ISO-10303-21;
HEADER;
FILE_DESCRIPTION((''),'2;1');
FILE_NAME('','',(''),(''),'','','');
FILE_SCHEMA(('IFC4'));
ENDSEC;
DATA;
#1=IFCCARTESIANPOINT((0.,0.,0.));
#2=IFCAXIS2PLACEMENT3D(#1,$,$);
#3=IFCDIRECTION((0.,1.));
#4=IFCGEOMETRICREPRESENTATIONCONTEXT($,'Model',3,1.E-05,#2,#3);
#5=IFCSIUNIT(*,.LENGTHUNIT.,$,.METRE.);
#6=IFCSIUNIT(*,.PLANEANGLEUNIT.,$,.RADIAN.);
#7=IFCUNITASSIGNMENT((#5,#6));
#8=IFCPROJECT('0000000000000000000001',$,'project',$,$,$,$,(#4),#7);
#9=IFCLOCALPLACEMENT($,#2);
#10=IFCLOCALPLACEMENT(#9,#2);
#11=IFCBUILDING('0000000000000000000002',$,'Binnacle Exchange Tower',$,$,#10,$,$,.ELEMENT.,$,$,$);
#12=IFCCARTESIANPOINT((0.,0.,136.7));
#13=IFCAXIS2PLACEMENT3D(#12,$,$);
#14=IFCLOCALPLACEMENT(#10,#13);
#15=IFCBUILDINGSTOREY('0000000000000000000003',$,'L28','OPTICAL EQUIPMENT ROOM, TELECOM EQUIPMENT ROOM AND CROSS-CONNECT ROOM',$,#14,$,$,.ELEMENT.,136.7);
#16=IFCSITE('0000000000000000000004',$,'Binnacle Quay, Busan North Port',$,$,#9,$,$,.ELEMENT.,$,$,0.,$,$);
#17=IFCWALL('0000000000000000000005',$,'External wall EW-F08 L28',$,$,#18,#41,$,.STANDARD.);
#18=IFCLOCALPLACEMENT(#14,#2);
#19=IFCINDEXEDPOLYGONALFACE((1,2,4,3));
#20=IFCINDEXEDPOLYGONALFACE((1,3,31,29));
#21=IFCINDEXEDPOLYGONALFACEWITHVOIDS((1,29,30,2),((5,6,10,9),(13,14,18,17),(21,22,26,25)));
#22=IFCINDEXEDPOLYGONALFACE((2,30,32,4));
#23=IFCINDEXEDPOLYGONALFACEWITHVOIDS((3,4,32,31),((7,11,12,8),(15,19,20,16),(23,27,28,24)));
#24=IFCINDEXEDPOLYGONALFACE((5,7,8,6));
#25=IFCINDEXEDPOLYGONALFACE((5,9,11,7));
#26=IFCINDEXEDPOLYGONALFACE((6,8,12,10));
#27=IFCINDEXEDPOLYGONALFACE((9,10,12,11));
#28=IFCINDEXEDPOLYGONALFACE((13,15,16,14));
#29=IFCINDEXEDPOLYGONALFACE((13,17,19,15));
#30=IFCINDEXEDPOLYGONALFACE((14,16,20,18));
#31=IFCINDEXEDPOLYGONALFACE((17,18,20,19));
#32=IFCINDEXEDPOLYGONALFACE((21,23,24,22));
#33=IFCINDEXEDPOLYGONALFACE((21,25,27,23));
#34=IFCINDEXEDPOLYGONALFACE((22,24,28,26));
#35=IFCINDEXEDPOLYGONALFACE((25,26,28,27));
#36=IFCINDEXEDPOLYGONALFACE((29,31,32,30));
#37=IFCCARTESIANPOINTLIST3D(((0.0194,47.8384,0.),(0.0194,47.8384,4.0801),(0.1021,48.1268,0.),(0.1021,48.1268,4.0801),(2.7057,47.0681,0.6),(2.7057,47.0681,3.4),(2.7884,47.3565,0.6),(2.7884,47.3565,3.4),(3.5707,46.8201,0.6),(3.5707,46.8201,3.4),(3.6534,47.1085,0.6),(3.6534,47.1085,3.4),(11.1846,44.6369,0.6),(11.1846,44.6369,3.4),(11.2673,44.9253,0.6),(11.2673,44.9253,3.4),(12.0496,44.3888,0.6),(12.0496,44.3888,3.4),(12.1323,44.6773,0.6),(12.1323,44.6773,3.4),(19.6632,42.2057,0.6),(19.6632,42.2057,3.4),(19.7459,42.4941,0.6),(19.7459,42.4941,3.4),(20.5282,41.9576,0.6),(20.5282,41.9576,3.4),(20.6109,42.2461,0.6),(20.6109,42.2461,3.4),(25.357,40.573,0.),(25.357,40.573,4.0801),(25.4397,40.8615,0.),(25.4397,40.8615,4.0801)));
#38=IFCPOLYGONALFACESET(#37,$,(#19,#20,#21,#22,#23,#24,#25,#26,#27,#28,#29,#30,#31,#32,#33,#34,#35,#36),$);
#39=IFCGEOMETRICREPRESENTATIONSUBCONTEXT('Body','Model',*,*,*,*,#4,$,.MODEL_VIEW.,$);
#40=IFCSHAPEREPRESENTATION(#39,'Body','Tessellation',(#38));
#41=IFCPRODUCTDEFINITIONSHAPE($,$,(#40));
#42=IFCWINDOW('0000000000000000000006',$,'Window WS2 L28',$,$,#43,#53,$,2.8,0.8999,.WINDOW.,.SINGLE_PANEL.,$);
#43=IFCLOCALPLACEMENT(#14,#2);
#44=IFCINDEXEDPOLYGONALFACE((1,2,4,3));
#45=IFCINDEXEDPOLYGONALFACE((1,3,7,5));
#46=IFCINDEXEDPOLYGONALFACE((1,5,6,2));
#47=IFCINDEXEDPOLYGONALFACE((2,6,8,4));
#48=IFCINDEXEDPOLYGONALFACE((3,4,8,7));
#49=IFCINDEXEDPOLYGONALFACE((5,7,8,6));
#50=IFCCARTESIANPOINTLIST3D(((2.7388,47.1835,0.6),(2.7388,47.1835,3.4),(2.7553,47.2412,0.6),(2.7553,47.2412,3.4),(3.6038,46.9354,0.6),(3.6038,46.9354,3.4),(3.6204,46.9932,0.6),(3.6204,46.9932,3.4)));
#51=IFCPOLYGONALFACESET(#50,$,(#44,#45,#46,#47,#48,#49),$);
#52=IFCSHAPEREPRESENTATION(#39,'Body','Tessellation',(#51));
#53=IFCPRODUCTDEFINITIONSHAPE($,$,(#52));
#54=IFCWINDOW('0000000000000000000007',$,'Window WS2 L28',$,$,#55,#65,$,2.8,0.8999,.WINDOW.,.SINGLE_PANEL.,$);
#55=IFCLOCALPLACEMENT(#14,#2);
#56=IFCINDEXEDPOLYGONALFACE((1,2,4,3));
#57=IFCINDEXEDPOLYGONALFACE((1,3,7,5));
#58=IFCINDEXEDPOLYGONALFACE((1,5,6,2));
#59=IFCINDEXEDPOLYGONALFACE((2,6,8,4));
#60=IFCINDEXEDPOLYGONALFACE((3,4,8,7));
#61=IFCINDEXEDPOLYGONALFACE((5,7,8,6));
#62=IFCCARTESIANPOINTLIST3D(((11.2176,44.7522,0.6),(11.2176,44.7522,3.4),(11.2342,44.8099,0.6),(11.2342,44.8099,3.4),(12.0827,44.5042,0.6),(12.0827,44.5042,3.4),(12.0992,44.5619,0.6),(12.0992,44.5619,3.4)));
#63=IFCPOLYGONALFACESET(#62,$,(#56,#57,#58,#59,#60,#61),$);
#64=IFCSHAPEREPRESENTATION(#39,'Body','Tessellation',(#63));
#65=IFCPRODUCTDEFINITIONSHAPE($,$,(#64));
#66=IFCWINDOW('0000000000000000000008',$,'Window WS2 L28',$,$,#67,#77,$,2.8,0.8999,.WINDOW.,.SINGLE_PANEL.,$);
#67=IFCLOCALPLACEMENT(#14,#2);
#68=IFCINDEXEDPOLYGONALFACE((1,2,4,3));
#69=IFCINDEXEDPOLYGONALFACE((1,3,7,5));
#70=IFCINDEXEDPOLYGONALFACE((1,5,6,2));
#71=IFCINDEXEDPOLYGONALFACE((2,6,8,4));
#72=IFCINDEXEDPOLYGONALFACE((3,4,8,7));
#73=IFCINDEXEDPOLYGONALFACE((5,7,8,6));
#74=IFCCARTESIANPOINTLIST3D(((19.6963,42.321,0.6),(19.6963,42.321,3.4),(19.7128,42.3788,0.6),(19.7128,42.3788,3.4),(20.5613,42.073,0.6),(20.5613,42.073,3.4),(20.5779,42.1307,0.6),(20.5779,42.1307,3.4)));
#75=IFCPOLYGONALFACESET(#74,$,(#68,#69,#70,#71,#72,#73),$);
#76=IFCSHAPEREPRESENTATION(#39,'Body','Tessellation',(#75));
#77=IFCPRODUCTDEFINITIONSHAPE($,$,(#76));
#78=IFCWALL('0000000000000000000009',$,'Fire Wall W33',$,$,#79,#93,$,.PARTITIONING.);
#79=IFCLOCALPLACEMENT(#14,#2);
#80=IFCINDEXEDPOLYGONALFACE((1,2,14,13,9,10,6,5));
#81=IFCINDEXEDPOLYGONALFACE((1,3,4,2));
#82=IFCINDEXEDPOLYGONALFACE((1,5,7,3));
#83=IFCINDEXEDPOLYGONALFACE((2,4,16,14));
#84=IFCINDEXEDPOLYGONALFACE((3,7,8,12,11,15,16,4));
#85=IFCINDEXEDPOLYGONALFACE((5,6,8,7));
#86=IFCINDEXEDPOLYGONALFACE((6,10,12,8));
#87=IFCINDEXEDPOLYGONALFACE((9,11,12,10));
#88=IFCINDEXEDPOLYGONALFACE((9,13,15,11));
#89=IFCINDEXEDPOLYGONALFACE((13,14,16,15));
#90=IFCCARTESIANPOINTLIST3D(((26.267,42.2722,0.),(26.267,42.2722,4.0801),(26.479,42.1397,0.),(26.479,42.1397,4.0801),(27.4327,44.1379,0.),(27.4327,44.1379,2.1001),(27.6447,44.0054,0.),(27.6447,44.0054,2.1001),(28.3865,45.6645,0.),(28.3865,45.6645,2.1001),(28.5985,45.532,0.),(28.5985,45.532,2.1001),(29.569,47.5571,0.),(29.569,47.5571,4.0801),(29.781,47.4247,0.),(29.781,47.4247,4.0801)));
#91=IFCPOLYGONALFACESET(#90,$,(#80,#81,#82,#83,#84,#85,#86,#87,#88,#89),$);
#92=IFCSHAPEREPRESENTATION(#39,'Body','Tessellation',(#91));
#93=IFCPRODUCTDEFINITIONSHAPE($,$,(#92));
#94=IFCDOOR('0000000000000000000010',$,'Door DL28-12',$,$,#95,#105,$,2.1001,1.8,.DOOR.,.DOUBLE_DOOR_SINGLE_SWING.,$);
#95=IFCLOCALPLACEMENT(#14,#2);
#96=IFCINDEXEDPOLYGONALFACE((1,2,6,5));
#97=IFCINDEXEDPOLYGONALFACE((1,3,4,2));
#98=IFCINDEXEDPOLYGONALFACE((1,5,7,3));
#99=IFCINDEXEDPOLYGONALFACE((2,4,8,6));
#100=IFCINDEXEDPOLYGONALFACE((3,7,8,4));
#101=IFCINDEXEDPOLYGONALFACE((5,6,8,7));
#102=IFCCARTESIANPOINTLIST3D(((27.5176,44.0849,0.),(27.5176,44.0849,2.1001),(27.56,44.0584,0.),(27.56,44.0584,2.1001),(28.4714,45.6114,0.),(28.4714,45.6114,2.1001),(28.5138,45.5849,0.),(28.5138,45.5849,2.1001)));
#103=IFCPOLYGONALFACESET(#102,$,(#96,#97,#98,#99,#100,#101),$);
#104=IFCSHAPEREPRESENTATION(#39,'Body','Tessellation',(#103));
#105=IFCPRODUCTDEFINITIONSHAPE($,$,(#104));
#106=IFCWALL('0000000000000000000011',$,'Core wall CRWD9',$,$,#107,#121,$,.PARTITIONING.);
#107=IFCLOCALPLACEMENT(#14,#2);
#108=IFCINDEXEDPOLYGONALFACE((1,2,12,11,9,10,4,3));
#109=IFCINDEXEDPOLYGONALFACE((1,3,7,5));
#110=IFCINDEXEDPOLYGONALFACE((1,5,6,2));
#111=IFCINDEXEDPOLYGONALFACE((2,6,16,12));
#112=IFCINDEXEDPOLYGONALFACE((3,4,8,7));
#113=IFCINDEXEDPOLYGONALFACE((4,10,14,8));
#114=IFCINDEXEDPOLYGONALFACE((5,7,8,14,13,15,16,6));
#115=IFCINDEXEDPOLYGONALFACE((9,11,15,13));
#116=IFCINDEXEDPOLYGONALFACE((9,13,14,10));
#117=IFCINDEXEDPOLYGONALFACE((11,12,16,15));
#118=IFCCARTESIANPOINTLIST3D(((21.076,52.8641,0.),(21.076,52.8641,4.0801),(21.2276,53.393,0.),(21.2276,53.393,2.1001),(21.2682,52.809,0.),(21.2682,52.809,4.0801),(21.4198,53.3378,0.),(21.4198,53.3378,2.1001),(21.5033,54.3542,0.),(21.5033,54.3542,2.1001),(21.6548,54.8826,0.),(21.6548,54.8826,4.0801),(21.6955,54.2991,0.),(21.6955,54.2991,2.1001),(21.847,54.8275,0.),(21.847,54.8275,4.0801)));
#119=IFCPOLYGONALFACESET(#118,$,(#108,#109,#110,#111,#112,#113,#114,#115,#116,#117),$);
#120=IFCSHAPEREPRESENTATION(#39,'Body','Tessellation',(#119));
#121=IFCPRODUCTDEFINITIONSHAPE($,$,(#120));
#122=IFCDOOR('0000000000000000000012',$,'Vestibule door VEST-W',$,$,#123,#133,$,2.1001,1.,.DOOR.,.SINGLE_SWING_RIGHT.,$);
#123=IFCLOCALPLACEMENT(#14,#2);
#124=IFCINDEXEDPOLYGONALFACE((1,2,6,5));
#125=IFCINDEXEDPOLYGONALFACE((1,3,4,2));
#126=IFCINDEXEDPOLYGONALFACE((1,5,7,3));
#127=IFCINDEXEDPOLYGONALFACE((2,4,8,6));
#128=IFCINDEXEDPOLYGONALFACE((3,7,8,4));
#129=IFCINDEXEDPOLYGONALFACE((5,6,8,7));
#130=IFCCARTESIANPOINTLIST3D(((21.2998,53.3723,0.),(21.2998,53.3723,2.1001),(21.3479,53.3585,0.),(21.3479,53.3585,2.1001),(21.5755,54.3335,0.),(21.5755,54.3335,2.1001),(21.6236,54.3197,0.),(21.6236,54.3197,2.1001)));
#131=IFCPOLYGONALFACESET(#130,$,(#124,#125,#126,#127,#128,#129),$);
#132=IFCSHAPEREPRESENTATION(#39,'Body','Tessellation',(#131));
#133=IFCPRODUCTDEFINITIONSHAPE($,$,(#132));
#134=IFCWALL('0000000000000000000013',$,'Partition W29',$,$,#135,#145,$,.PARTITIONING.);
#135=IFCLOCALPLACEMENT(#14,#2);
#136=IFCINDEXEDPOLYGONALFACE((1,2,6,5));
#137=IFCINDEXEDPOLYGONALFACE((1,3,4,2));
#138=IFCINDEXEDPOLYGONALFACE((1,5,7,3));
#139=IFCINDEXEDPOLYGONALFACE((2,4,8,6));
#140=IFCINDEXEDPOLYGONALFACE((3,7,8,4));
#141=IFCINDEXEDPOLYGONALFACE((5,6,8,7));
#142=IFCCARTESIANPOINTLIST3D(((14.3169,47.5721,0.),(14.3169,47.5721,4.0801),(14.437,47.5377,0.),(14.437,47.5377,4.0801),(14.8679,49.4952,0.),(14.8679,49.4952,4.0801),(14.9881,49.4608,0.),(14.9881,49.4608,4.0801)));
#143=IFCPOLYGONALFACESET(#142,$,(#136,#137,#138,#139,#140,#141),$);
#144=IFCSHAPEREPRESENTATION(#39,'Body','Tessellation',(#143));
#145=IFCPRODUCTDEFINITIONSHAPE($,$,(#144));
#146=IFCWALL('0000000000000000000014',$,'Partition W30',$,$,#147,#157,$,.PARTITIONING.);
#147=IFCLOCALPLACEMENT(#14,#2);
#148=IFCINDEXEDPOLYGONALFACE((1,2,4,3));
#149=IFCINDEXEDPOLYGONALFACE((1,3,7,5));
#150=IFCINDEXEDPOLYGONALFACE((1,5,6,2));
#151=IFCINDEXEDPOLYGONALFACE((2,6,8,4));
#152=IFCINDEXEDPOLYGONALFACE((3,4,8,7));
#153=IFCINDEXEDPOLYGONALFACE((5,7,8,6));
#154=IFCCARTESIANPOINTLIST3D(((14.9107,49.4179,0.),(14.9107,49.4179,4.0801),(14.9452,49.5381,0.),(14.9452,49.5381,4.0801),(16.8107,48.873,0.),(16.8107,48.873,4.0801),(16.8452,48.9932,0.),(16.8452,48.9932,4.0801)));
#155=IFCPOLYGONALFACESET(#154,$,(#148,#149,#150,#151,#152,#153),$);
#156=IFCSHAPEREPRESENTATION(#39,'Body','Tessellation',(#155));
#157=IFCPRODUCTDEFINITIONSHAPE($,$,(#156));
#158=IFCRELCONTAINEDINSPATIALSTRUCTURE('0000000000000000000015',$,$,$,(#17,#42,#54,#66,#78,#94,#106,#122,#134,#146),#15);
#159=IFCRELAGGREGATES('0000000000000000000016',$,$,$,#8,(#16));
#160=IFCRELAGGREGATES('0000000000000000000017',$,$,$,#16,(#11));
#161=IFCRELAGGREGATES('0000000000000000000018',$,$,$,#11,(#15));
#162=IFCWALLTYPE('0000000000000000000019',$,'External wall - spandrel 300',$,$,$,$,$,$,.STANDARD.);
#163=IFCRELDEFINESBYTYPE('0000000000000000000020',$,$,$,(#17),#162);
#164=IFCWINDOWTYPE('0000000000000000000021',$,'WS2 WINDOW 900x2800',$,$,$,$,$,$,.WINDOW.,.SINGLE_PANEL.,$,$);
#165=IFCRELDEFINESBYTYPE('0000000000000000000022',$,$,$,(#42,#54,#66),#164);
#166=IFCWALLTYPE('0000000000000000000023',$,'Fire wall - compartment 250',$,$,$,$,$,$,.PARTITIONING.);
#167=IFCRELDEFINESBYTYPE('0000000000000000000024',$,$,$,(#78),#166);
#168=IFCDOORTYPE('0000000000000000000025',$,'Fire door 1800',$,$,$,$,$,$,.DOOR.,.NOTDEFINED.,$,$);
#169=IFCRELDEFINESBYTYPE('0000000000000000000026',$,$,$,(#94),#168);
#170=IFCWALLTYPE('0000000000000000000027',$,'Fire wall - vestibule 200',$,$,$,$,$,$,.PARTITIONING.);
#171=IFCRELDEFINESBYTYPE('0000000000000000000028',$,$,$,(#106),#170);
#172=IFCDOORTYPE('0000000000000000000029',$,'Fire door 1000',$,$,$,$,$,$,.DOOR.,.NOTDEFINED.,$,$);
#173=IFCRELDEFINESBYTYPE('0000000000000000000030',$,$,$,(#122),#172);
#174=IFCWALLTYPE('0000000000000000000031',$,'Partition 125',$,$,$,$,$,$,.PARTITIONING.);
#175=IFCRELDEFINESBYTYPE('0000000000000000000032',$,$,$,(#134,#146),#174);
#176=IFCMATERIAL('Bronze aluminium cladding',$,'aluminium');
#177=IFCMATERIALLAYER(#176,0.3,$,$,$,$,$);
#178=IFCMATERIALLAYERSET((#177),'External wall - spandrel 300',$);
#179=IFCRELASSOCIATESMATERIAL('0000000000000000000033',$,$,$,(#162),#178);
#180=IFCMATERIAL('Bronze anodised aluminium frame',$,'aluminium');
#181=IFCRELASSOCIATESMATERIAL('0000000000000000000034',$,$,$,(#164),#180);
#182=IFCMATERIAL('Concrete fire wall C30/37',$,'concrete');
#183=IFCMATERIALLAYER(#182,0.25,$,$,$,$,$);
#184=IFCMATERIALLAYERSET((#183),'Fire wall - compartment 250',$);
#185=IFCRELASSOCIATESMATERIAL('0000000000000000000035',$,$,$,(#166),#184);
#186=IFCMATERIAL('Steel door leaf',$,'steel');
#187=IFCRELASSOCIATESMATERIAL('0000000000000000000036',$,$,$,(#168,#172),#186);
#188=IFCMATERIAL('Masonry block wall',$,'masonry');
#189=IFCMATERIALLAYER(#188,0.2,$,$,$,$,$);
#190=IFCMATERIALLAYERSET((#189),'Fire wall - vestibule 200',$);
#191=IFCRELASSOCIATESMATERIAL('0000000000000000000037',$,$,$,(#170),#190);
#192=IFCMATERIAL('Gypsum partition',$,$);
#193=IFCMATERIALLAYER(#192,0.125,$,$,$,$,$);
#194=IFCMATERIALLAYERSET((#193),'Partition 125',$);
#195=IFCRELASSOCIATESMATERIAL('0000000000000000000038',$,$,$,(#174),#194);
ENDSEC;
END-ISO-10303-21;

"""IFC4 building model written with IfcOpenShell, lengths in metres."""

from ifc_helpers import new_model, si_unit, direction, frame, frame_2d, origin, place, context, subcontext, project, spatial, rectangle, extrude, material, layer, layer_set, type_object, element, fill, save


model = new_model("IFC4")

# Units and contexts
model_context = context("Model", 3, precision=1e-05, world=origin(), true_north=direction((0.0, 1.0)))
body_context = subcontext(model_context, "Body", "Model", "MODEL_VIEW")
ifc_project = project(units=[si_unit("LENGTHUNIT", "METRE"), si_unit("PLANEANGLEUNIT", "RADIAN")], contexts=[model_context])

# Site, building, storey
site_placement = place(None, origin())
site = spatial("IfcSite", under=ifc_project, at=site_placement, Name="Binnacle Quay, Busan North Port", CompositionType="ELEMENT", RefElevation=0.0)
building_placement = place(site_placement, origin())
building = spatial("IfcBuilding", under=site, at=building_placement, Name="Binnacle Exchange Tower", CompositionType="ELEMENT")
storey_placement = place(building_placement, frame((0.0, 0.0, 136.7)))
storey = spatial("IfcBuildingStorey", under=building, at=storey_placement, Name="L28", Description="OPTICAL EQUIPMENT ROOM, TELECOM EQUIPMENT ROOM AND CROSS-CONNECT ROOM", CompositionType="ELEMENT", Elevation=136.7)

# Shared definitions
ifc_material_1 = material(Name="Steel door leaf", Category="steel")

# Wall, openings, windows
ifc_material_2 = material(Name="Bronze aluminium cladding", Category="aluminium")
ifc_layer_1 = layer(ifc_material_2, 0.3)
ifc_layer_set_1 = layer_set([ifc_layer_1], Name="External wall - spandrel 300")
wall_type_1 = type_object("IfcWallType", Name="External wall - spandrel 300", PredefinedType="STANDARD", material=ifc_layer_set_1)
wall_1_placement = place(storey_placement, frame((25.3982, 40.7173, 0.0), z_axis=(0.0, 0.0, 1.0), x_axis=(-0.961262, 0.275635, 0.0)))
wall_1 = element("IfcWall", 1, at=wall_1_placement, inside=storey, type_object=wall_type_1, Name="External wall EW-F08 L28", PredefinedType="STANDARD", context=body_context, shape_type="SweptSolid", body=[
    extrude(rectangle(XDim=26.3586, YDim=0.3, at=frame_2d((13.1792, 0.0))), origin(), (0.0, 0.0, 1.0), 4.0801),
])
opening_1_placement = place(wall_1_placement, frame((22.6641, 0.0, 0.6001)))
opening_1 = element("IfcOpeningElement", 2, at=opening_1_placement, cuts=wall_1, PredefinedType="OPENING", context=body_context, shape_type="SweptSolid", body=[
    extrude(rectangle(XDim=0.8999, YDim=2.8, at=frame_2d((0.45, 1.3999))), frame((0.0, 0.1599, 0.0), z_axis=(0.0, -1.0, 0.0), x_axis=(1.0, 0.0, 0.0)), (0.0, 0.0, 1.0), 0.3201),
])
opening_2_placement = place(wall_1_placement, frame((13.8435, 0.0, 0.6001)))
opening_2 = element("IfcOpeningElement", 3, at=opening_2_placement, cuts=wall_1, PredefinedType="OPENING", context=body_context, shape_type="SweptSolid", body=[
    extrude(rectangle(XDim=0.8999, YDim=2.8, at=frame_2d((0.45, 1.3999))), frame((0.0, 0.1599, 0.0), z_axis=(0.0, -1.0, 0.0), x_axis=(1.0, 0.0, 0.0)), (0.0, 0.0, 1.0), 0.3201),
])
opening_3_placement = place(wall_1_placement, frame((5.0232, 0.0, 0.6001)))
opening_3 = element("IfcOpeningElement", 4, at=opening_3_placement, cuts=wall_1, PredefinedType="OPENING", context=body_context, shape_type="SweptSolid", body=[
    extrude(rectangle(XDim=0.8999, YDim=2.8, at=frame_2d((0.45, 1.3999))), frame((0.0, 0.1599, 0.0), z_axis=(0.0, -1.0, 0.0), x_axis=(1.0, 0.0, 0.0)), (0.0, 0.0, 1.0), 0.3201),
])
ifc_material_3 = material(Name="Bronze anodised aluminium frame", Category="aluminium")
window_type = type_object("IfcWindowType", Name="WS2 WINDOW 900x2800", PartitioningType="SINGLE_PANEL", PredefinedType="WINDOW", material=ifc_material_3)
window_1_placement = place(opening_1_placement, origin())
window_1 = element("IfcWindow", 5, at=window_1_placement, inside=storey, type_object=window_type, Name="Window WS2 L28", OverallHeight=2.8, OverallWidth=0.8999, PartitioningType="SINGLE_PANEL", PredefinedType="WINDOW", context=body_context, shape_type="SweptSolid", body=[
    extrude(rectangle(XDim=0.8999, YDim=2.8, at=frame_2d((0.45, 1.3999))), frame((0.0, 0.03, 0.0), z_axis=(0.0, -1.0, 0.0), x_axis=(1.0, 0.0, 0.0)), (0.0, 0.0, 1.0), 0.0601),
])
fill(opening_1, window_1)
window_2_placement = place(opening_2_placement, origin())
window_2 = element("IfcWindow", 6, at=window_2_placement, inside=storey, type_object=window_type, Name="Window WS2 L28", OverallHeight=2.8, OverallWidth=0.8999, PartitioningType="SINGLE_PANEL", PredefinedType="WINDOW", context=body_context, shape_type="SweptSolid", body=[
    extrude(rectangle(XDim=0.8999, YDim=2.8, at=frame_2d((0.45, 1.3999))), frame((0.0, 0.03, 0.0), z_axis=(0.0, -1.0, 0.0), x_axis=(1.0, 0.0, 0.0)), (0.0, 0.0, 1.0), 0.0601),
])
fill(opening_2, window_2)
window_3_placement = place(opening_3_placement, origin())
window_3 = element("IfcWindow", 7, at=window_3_placement, inside=storey, type_object=window_type, Name="Window WS2 L28", OverallHeight=2.8, OverallWidth=0.8999, PartitioningType="SINGLE_PANEL", PredefinedType="WINDOW", context=body_context, shape_type="SweptSolid", body=[
    extrude(rectangle(XDim=0.8999, YDim=2.8, at=frame_2d((0.45, 1.3999))), frame((0.0, 0.03, 0.0), z_axis=(0.0, -1.0, 0.0), x_axis=(1.0, 0.0, 0.0)), (0.0, 0.0, 1.0), 0.0601),
])
fill(opening_3, window_3)

# Walls, openings, doors
ifc_material_4 = material(Name="Concrete fire wall C30/37", Category="concrete")
ifc_layer_2 = layer(ifc_material_4, 0.25)
ifc_layer_set_2 = layer_set([ifc_layer_2], Name="Fire wall - compartment 250")
wall_type_2 = type_object("IfcWallType", Name="Fire wall - compartment 250", PredefinedType="PARTITIONING", material=ifc_layer_set_2)
wall_2_placement = place(storey_placement, frame((26.373, 42.2061, 0.0), z_axis=(0.0, 0.0, 1.0), x_axis=(0.529876, 0.848075, 0.0)))
wall_2 = element("IfcWall", 8, at=wall_2_placement, inside=storey, type_object=wall_type_2, Name="Fire Wall W33", PredefinedType="PARTITIONING", context=body_context, shape_type="SweptSolid", body=[
    extrude(rectangle(XDim=6.2317, YDim=0.25, at=frame_2d((3.1157, 0.0))), origin(), (0.0, 0.0, 1.0), 4.0801),
])
opening_4_placement = place(wall_2_placement, frame((2.2, 0.0, 0.0)))
opening_4 = element("IfcOpeningElement", 9, at=opening_4_placement, cuts=wall_2, PredefinedType="OPENING", context=body_context, shape_type="SweptSolid", body=[
    extrude(rectangle(XDim=1.8, YDim=2.1001, at=frame_2d((0.8999, 1.05))), frame((0.0, 0.135, 0.0), z_axis=(0.0, -1.0, 0.0), x_axis=(1.0, 0.0, 0.0)), (0.0, 0.0, 1.0), 0.27),
])
door_type_1 = type_object("IfcDoorType", Name="Fire door 1800", OperationType="NOTDEFINED", PredefinedType="DOOR", material=ifc_material_1)
door_1_placement = place(opening_4_placement, origin())
door_1 = element("IfcDoor", 10, at=door_1_placement, inside=storey, type_object=door_type_1, Name="Door DL28-12", OperationType="DOUBLE_DOOR_SINGLE_SWING", OverallHeight=2.1001, OverallWidth=1.8, PredefinedType="DOOR", context=body_context, shape_type="SweptSolid", body=[
    extrude(rectangle(XDim=1.8, YDim=2.1001, at=frame_2d((0.8999, 1.05))), frame((0.0, 0.0249, 0.0), z_axis=(0.0, -1.0, 0.0), x_axis=(1.0, 0.0, 0.0)), (0.0, 0.0, 1.0), 0.05),
])
fill(opening_4, door_1)
ifc_material_5 = material(Name="Masonry block wall", Category="masonry")
ifc_layer_3 = layer(ifc_material_5, 0.2)
ifc_layer_set_3 = layer_set([ifc_layer_3], Name="Fire wall - vestibule 200")
wall_type_3 = type_object("IfcWallType", Name="Fire wall - vestibule 200", PredefinedType="PARTITIONING", material=ifc_layer_set_3)
wall_3_placement = place(storey_placement, frame((21.1721, 52.8367, 0.0), z_axis=(0.0, 0.0, 1.0), x_axis=(0.275658, 0.961256, 0.0)))
wall_3 = element("IfcWall", 11, at=wall_3_placement, inside=storey, type_object=wall_type_3, Name="Core wall CRWD9", PredefinedType="PARTITIONING", context=body_context, shape_type="SweptSolid", body=[
    extrude(rectangle(XDim=2.0999, YDim=0.2, at=frame_2d((1.0498, 0.0))), origin(), (0.0, 0.0, 1.0), 4.0801),
])
opening_5_placement = place(wall_3_placement, frame((0.55, 0.0, 0.0)))
opening_5 = element("IfcOpeningElement", 12, at=opening_5_placement, cuts=wall_3, PredefinedType="OPENING", context=body_context, shape_type="SweptSolid", body=[
    extrude(rectangle(XDim=1.0, YDim=2.1001, at=frame_2d((0.5, 1.05))), frame((0.0, 0.1099, 0.0), z_axis=(0.0, -1.0, 0.0), x_axis=(1.0, 0.0, 0.0)), (0.0, 0.0, 1.0), 0.22),
])
door_type_2 = type_object("IfcDoorType", Name="Fire door 1000", OperationType="NOTDEFINED", PredefinedType="DOOR", material=ifc_material_1)
door_2_placement = place(opening_5_placement, origin())
door_2 = element("IfcDoor", 13, at=door_2_placement, inside=storey, type_object=door_type_2, Name="Vestibule door VEST-W", OperationType="SINGLE_SWING_RIGHT", OverallHeight=2.1001, OverallWidth=1.0, PredefinedType="DOOR", context=body_context, shape_type="SweptSolid", body=[
    extrude(rectangle(XDim=1.0, YDim=2.1001, at=frame_2d((0.5, 1.05))), frame((0.0, 0.0249, 0.0), z_axis=(0.0, -1.0, 0.0), x_axis=(1.0, 0.0, 0.0)), (0.0, 0.0, 1.0), 0.05),
])
fill(opening_5, door_2)

# Walls
ifc_material_6 = material(Name="Gypsum partition")
ifc_layer_4 = layer(ifc_material_6, 0.125)
ifc_layer_set_4 = layer_set([ifc_layer_4], Name="Partition 125")
wall_type_4 = type_object("IfcWallType", Name="Partition 125", PredefinedType="PARTITIONING", material=ifc_layer_set_4)
wall_4_placement = place(storey_placement, frame((14.377, 47.5549, 0.0), z_axis=(0.0, 0.0, 1.0), x_axis=(0.275446, 0.961316, 0.0)))
element("IfcWall", 14, at=wall_4_placement, inside=storey, type_object=wall_type_4, Name="Partition W29", PredefinedType="PARTITIONING", context=body_context, shape_type="SweptSolid", body=[
    extrude(rectangle(XDim=2.0005, YDim=0.125, at=frame_2d((1.0002, 0.0))), origin(), (0.0, 0.0, 1.0), 4.0801),
])
wall_5_placement = place(storey_placement, frame((14.928, 49.478, 0.0), z_axis=(0.0, 0.0, 1.0), x_axis=(0.961244, -0.2757, 0.0)))
element("IfcWall", 15, at=wall_5_placement, inside=storey, type_object=wall_type_4, Name="Partition W30", PredefinedType="PARTITIONING", context=body_context, shape_type="SweptSolid", body=[
    extrude(rectangle(XDim=1.9766, YDim=0.125, at=frame_2d((0.9883, 0.0))), origin(), (0.0, 0.0, 1.0), 4.0801),
])

save(model, "model.ifc")
